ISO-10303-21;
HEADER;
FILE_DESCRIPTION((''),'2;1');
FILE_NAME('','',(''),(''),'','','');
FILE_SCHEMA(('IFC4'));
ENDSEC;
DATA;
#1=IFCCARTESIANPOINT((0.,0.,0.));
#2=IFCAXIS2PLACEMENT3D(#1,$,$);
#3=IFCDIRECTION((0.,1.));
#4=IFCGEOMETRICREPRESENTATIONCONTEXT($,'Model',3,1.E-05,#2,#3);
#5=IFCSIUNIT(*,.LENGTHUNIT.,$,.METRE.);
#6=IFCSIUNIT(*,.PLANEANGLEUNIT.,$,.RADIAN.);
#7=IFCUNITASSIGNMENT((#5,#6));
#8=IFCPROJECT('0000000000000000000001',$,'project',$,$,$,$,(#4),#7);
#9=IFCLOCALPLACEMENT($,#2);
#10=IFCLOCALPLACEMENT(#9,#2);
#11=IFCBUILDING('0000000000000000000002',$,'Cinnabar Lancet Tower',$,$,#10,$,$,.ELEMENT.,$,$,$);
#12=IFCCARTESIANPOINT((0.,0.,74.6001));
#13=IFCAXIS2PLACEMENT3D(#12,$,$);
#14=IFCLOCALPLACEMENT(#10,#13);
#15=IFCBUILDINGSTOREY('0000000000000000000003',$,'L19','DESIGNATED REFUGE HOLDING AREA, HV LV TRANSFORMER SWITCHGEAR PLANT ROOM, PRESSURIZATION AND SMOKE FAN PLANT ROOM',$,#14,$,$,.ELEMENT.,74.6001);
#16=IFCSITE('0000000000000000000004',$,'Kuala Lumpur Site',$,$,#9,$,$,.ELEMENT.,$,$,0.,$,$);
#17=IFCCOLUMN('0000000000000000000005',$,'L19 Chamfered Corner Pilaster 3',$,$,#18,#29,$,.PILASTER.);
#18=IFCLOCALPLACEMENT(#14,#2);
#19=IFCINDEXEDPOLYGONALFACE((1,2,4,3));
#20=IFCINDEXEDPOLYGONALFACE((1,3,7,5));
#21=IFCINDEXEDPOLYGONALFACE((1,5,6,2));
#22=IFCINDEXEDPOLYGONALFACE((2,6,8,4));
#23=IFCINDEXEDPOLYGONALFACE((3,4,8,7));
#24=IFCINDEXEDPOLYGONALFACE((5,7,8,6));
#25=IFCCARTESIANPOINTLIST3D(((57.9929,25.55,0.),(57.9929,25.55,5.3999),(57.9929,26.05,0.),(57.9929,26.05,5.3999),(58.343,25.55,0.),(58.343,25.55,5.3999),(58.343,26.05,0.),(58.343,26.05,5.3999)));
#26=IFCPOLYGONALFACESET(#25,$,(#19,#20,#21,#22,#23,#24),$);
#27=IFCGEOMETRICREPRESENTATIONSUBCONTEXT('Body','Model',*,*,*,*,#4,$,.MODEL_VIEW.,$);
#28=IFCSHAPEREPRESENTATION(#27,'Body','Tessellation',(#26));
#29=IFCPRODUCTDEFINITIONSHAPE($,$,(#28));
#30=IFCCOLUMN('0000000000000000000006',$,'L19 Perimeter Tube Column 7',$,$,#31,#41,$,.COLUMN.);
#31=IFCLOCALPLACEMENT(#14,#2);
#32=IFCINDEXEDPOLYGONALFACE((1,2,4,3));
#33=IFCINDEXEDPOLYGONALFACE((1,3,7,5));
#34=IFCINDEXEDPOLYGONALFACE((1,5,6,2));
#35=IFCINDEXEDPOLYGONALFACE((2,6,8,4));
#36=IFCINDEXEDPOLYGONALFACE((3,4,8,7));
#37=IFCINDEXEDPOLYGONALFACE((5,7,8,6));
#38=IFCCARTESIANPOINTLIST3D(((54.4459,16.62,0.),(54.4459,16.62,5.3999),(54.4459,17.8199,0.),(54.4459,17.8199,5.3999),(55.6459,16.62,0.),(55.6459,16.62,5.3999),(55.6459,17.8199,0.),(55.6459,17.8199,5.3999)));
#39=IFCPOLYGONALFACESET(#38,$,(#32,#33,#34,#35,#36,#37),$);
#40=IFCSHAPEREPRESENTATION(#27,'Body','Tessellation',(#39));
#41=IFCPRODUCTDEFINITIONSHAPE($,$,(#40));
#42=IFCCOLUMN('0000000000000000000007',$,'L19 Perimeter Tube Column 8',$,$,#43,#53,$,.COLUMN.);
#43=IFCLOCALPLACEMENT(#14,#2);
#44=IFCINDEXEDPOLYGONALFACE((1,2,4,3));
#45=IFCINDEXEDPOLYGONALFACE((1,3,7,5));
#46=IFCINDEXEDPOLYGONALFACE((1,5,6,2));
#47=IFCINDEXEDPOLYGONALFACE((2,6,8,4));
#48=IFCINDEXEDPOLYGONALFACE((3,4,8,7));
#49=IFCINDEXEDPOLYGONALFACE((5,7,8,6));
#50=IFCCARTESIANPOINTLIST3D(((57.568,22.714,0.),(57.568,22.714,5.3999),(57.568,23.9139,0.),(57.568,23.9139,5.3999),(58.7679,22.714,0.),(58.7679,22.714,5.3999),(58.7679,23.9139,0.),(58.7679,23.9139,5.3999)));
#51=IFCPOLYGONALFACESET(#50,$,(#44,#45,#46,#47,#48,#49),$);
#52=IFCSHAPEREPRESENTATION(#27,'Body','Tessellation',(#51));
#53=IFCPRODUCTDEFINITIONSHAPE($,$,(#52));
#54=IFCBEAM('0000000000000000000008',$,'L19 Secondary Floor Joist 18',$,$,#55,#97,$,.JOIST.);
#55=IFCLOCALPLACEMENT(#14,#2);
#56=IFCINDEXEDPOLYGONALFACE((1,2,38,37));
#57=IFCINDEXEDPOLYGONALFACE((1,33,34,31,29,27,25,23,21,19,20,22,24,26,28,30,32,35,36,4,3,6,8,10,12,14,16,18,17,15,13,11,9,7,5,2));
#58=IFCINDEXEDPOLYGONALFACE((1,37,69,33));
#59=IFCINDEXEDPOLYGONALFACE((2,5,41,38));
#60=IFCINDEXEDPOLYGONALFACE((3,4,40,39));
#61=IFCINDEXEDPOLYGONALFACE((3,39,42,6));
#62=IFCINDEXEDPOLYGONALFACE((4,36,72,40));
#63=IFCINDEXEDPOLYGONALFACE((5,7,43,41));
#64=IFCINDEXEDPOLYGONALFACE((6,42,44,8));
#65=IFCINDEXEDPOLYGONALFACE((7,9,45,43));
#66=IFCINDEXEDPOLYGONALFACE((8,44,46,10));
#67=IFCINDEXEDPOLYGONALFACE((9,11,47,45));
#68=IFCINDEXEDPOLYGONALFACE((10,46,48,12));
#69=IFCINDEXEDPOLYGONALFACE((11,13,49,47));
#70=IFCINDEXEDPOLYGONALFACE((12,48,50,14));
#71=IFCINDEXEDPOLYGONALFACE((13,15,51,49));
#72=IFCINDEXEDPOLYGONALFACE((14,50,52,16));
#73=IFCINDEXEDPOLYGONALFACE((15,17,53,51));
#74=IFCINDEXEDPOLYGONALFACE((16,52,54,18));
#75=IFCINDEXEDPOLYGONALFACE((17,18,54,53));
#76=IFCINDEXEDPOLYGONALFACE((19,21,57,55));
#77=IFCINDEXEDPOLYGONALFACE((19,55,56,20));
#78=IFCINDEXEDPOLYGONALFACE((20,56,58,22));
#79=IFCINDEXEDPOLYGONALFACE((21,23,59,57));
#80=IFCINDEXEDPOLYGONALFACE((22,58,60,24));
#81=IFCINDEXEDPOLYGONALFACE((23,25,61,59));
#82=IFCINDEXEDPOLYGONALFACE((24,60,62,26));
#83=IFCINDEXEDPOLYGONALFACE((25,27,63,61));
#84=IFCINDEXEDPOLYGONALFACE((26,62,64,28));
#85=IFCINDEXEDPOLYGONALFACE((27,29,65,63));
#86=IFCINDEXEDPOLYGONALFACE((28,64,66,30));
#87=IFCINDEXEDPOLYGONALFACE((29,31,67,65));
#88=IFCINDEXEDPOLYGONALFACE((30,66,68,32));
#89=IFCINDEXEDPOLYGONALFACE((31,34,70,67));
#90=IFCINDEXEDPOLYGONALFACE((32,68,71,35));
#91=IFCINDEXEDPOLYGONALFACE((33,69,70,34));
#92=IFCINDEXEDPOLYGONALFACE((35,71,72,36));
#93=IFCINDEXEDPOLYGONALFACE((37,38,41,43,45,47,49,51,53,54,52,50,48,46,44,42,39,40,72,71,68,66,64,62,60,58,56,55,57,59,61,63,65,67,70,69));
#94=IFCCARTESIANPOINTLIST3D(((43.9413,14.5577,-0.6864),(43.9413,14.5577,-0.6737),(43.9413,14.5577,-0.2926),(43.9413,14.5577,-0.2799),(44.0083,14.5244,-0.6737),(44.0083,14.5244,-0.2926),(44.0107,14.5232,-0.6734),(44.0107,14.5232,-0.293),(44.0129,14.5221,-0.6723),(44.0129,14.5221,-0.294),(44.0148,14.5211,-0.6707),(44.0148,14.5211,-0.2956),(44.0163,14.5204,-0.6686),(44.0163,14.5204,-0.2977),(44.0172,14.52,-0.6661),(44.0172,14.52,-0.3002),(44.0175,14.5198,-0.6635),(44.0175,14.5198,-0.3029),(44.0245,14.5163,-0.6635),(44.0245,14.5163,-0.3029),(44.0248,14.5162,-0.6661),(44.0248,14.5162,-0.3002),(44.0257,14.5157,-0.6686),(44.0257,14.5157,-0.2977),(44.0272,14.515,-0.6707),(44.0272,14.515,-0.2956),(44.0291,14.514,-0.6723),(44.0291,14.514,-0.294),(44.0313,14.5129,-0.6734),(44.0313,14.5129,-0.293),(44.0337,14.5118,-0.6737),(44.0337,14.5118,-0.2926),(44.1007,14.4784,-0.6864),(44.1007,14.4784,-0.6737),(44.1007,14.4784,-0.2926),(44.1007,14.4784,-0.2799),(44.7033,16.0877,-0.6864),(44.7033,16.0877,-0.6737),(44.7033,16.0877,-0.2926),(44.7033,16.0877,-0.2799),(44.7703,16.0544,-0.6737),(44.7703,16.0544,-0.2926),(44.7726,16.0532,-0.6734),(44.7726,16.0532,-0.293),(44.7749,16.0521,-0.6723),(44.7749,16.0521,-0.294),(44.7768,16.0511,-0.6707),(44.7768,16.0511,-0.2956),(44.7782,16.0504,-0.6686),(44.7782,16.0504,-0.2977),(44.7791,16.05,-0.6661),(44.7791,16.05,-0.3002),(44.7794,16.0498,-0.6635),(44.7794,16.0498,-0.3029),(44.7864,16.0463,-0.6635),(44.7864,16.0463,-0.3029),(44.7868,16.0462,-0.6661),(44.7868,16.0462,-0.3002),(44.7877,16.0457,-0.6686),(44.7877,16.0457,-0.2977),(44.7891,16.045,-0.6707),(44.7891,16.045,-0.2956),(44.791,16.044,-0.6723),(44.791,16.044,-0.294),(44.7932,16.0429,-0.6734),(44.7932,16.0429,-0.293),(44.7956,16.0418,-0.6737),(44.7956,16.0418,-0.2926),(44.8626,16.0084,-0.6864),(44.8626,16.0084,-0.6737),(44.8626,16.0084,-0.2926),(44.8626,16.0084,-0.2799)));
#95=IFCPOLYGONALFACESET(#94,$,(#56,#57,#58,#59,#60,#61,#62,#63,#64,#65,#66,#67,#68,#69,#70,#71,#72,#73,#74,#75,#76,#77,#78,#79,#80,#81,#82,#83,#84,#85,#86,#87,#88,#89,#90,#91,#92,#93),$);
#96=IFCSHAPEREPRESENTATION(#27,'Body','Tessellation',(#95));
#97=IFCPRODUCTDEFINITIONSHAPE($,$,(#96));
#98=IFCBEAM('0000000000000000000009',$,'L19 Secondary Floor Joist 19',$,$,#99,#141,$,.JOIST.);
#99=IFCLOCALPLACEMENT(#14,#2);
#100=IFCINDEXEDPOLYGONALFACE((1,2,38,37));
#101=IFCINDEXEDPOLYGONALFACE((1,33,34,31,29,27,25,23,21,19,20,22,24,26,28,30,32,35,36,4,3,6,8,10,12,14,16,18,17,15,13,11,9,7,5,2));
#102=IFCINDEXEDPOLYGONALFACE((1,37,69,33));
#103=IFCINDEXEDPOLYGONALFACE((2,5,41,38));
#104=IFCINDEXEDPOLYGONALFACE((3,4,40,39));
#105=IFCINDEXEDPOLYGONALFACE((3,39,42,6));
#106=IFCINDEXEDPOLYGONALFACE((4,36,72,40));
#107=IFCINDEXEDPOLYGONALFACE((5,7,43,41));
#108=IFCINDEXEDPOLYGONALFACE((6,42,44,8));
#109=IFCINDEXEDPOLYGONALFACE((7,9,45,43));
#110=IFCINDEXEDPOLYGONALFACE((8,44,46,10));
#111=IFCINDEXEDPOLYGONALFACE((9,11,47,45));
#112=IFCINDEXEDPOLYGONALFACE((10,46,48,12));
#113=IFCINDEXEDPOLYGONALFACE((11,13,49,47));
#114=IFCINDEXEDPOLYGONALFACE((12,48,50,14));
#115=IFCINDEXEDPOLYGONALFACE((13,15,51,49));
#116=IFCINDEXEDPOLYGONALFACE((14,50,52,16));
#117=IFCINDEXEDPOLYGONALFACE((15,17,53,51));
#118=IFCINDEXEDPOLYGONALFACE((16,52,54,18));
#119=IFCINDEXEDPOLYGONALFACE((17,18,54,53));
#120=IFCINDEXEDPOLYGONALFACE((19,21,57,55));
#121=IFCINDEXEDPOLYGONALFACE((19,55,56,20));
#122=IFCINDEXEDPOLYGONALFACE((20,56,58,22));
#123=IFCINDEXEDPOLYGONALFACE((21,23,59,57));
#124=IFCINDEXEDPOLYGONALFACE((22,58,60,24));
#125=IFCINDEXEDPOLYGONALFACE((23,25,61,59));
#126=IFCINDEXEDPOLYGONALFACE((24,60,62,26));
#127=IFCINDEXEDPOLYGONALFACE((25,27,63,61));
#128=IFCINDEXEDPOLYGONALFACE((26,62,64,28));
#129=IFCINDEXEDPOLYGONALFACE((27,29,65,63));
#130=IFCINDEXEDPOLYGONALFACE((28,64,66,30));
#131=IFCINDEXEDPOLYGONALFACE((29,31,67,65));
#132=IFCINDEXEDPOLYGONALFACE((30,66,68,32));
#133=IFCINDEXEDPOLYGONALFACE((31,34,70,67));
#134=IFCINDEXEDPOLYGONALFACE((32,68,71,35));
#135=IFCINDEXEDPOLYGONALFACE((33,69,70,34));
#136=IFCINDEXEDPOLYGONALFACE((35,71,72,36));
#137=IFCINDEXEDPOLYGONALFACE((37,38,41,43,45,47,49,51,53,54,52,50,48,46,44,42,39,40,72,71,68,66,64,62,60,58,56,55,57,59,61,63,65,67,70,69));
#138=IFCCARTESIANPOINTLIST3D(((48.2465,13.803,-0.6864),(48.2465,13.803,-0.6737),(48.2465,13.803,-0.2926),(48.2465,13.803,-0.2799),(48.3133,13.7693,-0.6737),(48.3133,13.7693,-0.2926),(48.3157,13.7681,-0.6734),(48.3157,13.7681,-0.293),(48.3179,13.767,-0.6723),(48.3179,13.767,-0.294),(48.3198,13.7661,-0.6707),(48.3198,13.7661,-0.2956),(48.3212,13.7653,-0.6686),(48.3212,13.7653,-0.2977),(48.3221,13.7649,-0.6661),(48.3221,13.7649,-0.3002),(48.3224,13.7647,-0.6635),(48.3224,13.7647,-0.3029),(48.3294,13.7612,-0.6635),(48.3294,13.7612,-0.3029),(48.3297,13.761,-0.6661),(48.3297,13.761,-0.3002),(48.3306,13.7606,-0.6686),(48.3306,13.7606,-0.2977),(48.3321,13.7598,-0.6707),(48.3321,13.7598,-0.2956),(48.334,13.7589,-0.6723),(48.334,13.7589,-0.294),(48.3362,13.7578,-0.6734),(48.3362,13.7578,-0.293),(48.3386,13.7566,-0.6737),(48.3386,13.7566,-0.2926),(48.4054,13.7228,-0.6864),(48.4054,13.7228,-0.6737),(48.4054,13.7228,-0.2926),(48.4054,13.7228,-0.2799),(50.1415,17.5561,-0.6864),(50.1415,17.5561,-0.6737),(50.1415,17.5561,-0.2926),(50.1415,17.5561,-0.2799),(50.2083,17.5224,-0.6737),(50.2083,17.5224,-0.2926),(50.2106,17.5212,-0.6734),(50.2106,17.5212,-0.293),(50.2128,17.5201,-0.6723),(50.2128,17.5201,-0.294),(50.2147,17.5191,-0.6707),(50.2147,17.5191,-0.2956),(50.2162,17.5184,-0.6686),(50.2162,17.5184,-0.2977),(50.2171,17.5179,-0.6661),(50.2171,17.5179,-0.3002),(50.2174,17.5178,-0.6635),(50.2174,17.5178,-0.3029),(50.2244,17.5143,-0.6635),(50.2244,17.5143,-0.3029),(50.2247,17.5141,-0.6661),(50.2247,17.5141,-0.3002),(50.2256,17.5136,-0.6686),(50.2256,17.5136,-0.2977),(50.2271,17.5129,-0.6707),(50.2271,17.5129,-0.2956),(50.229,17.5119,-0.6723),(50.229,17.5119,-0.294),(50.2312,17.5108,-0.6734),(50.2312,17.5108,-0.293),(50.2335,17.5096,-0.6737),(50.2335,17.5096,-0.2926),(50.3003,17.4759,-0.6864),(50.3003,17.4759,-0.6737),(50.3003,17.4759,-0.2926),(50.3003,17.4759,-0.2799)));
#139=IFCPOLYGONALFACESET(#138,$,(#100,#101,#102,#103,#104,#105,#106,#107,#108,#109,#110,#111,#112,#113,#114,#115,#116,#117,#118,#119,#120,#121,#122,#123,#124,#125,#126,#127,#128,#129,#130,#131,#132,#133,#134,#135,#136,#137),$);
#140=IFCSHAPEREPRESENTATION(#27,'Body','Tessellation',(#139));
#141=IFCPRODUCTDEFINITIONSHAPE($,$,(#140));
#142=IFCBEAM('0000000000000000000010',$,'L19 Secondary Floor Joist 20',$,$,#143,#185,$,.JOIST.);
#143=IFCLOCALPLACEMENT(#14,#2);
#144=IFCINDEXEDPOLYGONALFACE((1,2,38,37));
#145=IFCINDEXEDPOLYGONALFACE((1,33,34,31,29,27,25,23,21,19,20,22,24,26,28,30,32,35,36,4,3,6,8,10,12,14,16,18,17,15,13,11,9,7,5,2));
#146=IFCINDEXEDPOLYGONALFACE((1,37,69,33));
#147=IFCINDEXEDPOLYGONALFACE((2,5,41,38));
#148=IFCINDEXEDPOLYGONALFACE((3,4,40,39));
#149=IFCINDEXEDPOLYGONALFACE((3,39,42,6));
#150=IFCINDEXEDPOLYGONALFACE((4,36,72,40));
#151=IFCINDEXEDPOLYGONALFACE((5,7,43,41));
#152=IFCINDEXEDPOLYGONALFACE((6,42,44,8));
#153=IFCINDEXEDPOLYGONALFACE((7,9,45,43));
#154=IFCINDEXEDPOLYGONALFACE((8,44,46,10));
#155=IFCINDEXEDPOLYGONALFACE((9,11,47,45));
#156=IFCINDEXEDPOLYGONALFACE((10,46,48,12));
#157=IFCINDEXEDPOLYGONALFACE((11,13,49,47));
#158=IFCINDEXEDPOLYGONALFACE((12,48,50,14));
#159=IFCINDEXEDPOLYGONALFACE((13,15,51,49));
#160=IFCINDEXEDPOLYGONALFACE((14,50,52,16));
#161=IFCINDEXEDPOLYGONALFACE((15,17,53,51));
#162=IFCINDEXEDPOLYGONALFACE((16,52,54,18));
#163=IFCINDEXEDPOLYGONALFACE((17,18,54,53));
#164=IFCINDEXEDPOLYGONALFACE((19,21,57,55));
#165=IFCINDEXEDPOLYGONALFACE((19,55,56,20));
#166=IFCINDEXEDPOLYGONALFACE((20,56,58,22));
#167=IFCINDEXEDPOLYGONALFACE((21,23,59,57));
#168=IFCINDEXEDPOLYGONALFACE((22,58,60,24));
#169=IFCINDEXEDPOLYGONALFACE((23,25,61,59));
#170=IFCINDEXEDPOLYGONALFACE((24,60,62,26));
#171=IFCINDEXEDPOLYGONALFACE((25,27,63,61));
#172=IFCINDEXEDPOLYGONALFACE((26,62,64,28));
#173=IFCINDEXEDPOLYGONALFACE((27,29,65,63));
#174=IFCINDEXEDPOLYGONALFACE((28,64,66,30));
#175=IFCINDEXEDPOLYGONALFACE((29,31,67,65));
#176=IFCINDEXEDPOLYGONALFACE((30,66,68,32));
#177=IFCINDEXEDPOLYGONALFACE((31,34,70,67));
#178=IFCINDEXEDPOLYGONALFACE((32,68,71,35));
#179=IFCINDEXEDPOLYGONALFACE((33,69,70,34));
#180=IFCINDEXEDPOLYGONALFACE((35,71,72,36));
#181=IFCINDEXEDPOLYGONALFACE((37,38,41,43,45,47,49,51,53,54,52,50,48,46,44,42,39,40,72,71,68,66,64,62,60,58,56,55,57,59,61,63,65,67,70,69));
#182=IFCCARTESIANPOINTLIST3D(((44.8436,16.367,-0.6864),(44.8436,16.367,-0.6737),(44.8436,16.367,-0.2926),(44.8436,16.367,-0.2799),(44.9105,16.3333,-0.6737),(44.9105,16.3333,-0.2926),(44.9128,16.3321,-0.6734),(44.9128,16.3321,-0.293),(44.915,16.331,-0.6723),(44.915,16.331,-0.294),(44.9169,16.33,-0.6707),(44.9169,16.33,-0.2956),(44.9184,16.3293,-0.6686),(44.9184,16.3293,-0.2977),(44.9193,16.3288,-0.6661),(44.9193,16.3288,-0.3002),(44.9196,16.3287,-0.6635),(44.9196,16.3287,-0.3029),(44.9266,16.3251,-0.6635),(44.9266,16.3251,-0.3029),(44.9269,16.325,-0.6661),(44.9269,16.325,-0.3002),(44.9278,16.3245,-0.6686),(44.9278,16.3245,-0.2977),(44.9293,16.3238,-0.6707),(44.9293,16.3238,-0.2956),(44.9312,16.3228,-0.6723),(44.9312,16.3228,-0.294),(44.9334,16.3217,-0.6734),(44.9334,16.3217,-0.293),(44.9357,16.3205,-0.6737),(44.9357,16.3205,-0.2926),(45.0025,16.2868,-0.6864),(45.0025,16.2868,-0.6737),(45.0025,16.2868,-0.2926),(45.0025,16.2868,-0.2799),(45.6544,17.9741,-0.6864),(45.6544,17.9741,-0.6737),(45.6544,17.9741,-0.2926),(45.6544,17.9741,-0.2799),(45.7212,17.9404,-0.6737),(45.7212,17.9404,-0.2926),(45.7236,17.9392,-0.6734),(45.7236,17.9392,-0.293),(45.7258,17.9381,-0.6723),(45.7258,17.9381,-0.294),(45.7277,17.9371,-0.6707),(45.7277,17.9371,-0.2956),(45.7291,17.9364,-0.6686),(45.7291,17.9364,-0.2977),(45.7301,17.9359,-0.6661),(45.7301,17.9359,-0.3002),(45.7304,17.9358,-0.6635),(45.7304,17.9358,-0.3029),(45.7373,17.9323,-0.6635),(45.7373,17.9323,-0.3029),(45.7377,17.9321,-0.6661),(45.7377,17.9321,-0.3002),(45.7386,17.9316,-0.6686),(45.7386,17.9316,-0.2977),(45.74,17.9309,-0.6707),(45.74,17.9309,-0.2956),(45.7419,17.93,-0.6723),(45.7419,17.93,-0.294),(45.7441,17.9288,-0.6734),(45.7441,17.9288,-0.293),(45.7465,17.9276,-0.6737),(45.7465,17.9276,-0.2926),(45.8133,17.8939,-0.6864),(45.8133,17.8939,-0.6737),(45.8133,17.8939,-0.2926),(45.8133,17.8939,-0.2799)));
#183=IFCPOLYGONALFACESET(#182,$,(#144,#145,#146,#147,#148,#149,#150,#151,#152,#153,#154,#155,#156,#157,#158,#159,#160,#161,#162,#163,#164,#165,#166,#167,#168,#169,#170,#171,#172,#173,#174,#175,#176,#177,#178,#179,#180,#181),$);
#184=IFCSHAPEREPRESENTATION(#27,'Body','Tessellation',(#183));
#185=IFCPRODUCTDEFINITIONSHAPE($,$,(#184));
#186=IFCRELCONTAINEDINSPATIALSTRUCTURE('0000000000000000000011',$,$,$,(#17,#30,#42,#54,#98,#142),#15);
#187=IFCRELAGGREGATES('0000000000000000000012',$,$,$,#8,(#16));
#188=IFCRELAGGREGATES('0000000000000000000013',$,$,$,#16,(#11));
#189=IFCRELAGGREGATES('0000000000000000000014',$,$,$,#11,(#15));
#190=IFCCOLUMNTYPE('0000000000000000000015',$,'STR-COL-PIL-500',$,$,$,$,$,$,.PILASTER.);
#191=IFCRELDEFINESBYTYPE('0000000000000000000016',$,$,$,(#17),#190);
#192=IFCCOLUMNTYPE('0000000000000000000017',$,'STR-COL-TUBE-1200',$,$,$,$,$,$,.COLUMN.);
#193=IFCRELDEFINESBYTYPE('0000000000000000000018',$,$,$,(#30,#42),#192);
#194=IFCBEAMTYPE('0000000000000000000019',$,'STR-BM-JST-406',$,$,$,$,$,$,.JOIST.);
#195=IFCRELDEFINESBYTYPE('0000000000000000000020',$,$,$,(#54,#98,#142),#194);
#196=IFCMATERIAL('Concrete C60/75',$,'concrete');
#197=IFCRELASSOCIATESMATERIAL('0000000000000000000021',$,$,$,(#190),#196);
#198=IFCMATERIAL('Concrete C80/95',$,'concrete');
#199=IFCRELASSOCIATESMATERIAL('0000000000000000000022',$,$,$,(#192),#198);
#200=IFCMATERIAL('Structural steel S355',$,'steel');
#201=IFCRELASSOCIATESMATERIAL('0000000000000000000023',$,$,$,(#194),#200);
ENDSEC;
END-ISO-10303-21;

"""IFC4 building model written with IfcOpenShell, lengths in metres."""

from ifc_helpers import new_model, si_unit, direction, frame, origin, origin_2d, place, context, subcontext, project, spatial, rectangle, i_section, extrude, material, material_profile, profile_set, type_object, element, save


model = new_model("IFC4")

# Units and contexts
model_context = context("Model", 3, precision=1e-05, world=origin(), true_north=direction((0.0, 1.0)))
body_context = subcontext(model_context, "Body", "Model", "MODEL_VIEW")
ifc_project = project(units=[si_unit("LENGTHUNIT", "METRE"), si_unit("PLANEANGLEUNIT", "RADIAN")], contexts=[model_context])

# Site, building, storey
site_placement = place(None, origin())
site = spatial("IfcSite", under=ifc_project, at=site_placement, Name="Kuala Lumpur Site", CompositionType="ELEMENT", RefElevation=0.0)
building_placement = place(site_placement, origin())
building = spatial("IfcBuilding", under=site, at=building_placement, Name="Cinnabar Lancet Tower", CompositionType="ELEMENT")
storey_placement = place(building_placement, frame((0.0, 0.0, 74.6001)))
storey = spatial("IfcBuildingStorey", under=building, at=storey_placement, Name="L19", Description="DESIGNATED REFUGE HOLDING AREA, HV LV TRANSFORMER SWITCHGEAR PLANT ROOM, PRESSURIZATION AND SMOKE FAN PLANT ROOM", CompositionType="ELEMENT", Elevation=74.6001)

# Columns
ifc_material_1 = material(Name="Concrete C60/75", Category="concrete")
ifc_material_profile_1 = material_profile(ifc_material_1, rectangle(XDim=0.5, YDim=0.3501, at=origin_2d()), Name="RC-PIL 500x350")
ifc_profile_set_1 = profile_set([ifc_material_profile_1], Name="Concrete C60/75")
column_type_1 = type_object("IfcColumnType", Name="STR-COL-PIL-500", PredefinedType="PILASTER", material=ifc_profile_set_1)
column_placement = place(storey_placement, frame((58.168, 25.8, 0.0), z_axis=(0.0, 0.0, 1.0), x_axis=(0.0, 1.0, 0.0)))
element("IfcColumn", 1, at=column_placement, inside=storey, type_object=column_type_1, Name="L19 Chamfered Corner Pilaster 3", PredefinedType="PILASTER", context=body_context, shape_type="SweptSolid", body=[
    extrude(rectangle(XDim=0.5, YDim=0.3501, at=origin_2d()), origin(), (0.0, 0.0, 1.0), 5.3999),
])
ifc_material_2 = material(Name="Concrete C80/95", Category="concrete")
ifc_material_profile_2 = material_profile(ifc_material_2, rectangle(XDim=1.2, YDim=1.2, at=origin_2d()), Name="RC-COL 1200x1200")
ifc_profile_set_2 = profile_set([ifc_material_profile_2], Name="Concrete C80/95")
column_type_2 = type_object("IfcColumnType", Name="STR-COL-TUBE-1200", PredefinedType="COLUMN", material=ifc_profile_set_2)
for number, where, z_axis, x_axis, name in (
    (2, (55.0459, 17.22, 0.0), (0.0, 0.0, 1.0), (1.0, 0.0, 0.0), "L19 Perimeter Tube Column 7"),
    (3, (58.168, 23.314, 0.0), (0.0, 0.0, 1.0), (1.0, 0.0, 0.0), "L19 Perimeter Tube Column 8"),
):
    element("IfcColumn", number, at=place(storey_placement, frame(where, z_axis=z_axis, x_axis=x_axis)), inside=storey, type_object=column_type_2, Name=name, PredefinedType="COLUMN", context=body_context, shape_type="SweptSolid", body=[
        extrude(rectangle(XDim=1.2, YDim=1.2, at=origin_2d()), origin(), (0.0, 0.0, 1.0), 5.3999),
    ])

# Beams
ifc_material_3 = material(Name="Structural steel S355", Category="steel")
ifc_material_profile_3 = material_profile(ifc_material_3, i_section(OverallWidth=0.178, OverallDepth=0.4065, WebThickness=0.0078, FlangeThickness=0.0127, FilletRadius=0.0103, at=origin_2d()), Name="UKB 406x178x60")
ifc_profile_set_3 = profile_set([ifc_material_profile_3], Name="Structural steel S355")
beam_type_1 = type_object("IfcBeamType", Name="STR-BM-JST-406", PredefinedType="JOIST", material=ifc_profile_set_3)
beam_1_placement = place(storey_placement, frame((44.021, 14.5181, -0.4832), z_axis=(0.445785, 0.89514, 0.0), x_axis=(-0.89514, 0.445785, 0.0)))
element("IfcBeam", 4, at=beam_1_placement, inside=storey, type_object=beam_type_1, Name="L19 Secondary Floor Joist 18", PredefinedType="JOIST", context=body_context, shape_type="SweptSolid", body=[
    extrude(i_section(OverallWidth=0.178, OverallDepth=0.4065, WebThickness=0.0078, FlangeThickness=0.0127, FilletRadius=0.0103, at=origin_2d()), origin(), (0.0, 0.0, 1.0), 1.7092),
])
beam_2_placement = place(storey_placement, frame((48.3259, 13.7629, -0.4832), z_axis=(0.450717, 0.892667, 0.0), x_axis=(-0.892667, 0.450717, 0.0)))
element("IfcBeam", 5, at=beam_2_placement, inside=storey, type_object=beam_type_1, Name="L19 Secondary Floor Joist 19", PredefinedType="JOIST", context=body_context, shape_type="SweptSolid", body=[
    extrude(i_section(OverallWidth=0.178, OverallDepth=0.4065, WebThickness=0.0078, FlangeThickness=0.0127, FilletRadius=0.0103, at=origin_2d()), origin(), (0.0, 0.0, 1.0), 4.2043),
])
beam_3_placement = place(storey_placement, frame((44.9231, 16.3269, -0.4832), z_axis=(0.450411, 0.892821, 0.0), x_axis=(-0.892821, 0.450411, 0.0)))
element("IfcBeam", 6, at=beam_3_placement, inside=storey, type_object=beam_type_1, Name="L19 Secondary Floor Joist 20", PredefinedType="JOIST", context=body_context, shape_type="SweptSolid", body=[
    extrude(i_section(OverallWidth=0.178, OverallDepth=0.4065, WebThickness=0.0078, FlangeThickness=0.0127, FilletRadius=0.0103, at=origin_2d()), origin(), (0.0, 0.0, 1.0), 1.8),
])

save(model, "model.ifc")
